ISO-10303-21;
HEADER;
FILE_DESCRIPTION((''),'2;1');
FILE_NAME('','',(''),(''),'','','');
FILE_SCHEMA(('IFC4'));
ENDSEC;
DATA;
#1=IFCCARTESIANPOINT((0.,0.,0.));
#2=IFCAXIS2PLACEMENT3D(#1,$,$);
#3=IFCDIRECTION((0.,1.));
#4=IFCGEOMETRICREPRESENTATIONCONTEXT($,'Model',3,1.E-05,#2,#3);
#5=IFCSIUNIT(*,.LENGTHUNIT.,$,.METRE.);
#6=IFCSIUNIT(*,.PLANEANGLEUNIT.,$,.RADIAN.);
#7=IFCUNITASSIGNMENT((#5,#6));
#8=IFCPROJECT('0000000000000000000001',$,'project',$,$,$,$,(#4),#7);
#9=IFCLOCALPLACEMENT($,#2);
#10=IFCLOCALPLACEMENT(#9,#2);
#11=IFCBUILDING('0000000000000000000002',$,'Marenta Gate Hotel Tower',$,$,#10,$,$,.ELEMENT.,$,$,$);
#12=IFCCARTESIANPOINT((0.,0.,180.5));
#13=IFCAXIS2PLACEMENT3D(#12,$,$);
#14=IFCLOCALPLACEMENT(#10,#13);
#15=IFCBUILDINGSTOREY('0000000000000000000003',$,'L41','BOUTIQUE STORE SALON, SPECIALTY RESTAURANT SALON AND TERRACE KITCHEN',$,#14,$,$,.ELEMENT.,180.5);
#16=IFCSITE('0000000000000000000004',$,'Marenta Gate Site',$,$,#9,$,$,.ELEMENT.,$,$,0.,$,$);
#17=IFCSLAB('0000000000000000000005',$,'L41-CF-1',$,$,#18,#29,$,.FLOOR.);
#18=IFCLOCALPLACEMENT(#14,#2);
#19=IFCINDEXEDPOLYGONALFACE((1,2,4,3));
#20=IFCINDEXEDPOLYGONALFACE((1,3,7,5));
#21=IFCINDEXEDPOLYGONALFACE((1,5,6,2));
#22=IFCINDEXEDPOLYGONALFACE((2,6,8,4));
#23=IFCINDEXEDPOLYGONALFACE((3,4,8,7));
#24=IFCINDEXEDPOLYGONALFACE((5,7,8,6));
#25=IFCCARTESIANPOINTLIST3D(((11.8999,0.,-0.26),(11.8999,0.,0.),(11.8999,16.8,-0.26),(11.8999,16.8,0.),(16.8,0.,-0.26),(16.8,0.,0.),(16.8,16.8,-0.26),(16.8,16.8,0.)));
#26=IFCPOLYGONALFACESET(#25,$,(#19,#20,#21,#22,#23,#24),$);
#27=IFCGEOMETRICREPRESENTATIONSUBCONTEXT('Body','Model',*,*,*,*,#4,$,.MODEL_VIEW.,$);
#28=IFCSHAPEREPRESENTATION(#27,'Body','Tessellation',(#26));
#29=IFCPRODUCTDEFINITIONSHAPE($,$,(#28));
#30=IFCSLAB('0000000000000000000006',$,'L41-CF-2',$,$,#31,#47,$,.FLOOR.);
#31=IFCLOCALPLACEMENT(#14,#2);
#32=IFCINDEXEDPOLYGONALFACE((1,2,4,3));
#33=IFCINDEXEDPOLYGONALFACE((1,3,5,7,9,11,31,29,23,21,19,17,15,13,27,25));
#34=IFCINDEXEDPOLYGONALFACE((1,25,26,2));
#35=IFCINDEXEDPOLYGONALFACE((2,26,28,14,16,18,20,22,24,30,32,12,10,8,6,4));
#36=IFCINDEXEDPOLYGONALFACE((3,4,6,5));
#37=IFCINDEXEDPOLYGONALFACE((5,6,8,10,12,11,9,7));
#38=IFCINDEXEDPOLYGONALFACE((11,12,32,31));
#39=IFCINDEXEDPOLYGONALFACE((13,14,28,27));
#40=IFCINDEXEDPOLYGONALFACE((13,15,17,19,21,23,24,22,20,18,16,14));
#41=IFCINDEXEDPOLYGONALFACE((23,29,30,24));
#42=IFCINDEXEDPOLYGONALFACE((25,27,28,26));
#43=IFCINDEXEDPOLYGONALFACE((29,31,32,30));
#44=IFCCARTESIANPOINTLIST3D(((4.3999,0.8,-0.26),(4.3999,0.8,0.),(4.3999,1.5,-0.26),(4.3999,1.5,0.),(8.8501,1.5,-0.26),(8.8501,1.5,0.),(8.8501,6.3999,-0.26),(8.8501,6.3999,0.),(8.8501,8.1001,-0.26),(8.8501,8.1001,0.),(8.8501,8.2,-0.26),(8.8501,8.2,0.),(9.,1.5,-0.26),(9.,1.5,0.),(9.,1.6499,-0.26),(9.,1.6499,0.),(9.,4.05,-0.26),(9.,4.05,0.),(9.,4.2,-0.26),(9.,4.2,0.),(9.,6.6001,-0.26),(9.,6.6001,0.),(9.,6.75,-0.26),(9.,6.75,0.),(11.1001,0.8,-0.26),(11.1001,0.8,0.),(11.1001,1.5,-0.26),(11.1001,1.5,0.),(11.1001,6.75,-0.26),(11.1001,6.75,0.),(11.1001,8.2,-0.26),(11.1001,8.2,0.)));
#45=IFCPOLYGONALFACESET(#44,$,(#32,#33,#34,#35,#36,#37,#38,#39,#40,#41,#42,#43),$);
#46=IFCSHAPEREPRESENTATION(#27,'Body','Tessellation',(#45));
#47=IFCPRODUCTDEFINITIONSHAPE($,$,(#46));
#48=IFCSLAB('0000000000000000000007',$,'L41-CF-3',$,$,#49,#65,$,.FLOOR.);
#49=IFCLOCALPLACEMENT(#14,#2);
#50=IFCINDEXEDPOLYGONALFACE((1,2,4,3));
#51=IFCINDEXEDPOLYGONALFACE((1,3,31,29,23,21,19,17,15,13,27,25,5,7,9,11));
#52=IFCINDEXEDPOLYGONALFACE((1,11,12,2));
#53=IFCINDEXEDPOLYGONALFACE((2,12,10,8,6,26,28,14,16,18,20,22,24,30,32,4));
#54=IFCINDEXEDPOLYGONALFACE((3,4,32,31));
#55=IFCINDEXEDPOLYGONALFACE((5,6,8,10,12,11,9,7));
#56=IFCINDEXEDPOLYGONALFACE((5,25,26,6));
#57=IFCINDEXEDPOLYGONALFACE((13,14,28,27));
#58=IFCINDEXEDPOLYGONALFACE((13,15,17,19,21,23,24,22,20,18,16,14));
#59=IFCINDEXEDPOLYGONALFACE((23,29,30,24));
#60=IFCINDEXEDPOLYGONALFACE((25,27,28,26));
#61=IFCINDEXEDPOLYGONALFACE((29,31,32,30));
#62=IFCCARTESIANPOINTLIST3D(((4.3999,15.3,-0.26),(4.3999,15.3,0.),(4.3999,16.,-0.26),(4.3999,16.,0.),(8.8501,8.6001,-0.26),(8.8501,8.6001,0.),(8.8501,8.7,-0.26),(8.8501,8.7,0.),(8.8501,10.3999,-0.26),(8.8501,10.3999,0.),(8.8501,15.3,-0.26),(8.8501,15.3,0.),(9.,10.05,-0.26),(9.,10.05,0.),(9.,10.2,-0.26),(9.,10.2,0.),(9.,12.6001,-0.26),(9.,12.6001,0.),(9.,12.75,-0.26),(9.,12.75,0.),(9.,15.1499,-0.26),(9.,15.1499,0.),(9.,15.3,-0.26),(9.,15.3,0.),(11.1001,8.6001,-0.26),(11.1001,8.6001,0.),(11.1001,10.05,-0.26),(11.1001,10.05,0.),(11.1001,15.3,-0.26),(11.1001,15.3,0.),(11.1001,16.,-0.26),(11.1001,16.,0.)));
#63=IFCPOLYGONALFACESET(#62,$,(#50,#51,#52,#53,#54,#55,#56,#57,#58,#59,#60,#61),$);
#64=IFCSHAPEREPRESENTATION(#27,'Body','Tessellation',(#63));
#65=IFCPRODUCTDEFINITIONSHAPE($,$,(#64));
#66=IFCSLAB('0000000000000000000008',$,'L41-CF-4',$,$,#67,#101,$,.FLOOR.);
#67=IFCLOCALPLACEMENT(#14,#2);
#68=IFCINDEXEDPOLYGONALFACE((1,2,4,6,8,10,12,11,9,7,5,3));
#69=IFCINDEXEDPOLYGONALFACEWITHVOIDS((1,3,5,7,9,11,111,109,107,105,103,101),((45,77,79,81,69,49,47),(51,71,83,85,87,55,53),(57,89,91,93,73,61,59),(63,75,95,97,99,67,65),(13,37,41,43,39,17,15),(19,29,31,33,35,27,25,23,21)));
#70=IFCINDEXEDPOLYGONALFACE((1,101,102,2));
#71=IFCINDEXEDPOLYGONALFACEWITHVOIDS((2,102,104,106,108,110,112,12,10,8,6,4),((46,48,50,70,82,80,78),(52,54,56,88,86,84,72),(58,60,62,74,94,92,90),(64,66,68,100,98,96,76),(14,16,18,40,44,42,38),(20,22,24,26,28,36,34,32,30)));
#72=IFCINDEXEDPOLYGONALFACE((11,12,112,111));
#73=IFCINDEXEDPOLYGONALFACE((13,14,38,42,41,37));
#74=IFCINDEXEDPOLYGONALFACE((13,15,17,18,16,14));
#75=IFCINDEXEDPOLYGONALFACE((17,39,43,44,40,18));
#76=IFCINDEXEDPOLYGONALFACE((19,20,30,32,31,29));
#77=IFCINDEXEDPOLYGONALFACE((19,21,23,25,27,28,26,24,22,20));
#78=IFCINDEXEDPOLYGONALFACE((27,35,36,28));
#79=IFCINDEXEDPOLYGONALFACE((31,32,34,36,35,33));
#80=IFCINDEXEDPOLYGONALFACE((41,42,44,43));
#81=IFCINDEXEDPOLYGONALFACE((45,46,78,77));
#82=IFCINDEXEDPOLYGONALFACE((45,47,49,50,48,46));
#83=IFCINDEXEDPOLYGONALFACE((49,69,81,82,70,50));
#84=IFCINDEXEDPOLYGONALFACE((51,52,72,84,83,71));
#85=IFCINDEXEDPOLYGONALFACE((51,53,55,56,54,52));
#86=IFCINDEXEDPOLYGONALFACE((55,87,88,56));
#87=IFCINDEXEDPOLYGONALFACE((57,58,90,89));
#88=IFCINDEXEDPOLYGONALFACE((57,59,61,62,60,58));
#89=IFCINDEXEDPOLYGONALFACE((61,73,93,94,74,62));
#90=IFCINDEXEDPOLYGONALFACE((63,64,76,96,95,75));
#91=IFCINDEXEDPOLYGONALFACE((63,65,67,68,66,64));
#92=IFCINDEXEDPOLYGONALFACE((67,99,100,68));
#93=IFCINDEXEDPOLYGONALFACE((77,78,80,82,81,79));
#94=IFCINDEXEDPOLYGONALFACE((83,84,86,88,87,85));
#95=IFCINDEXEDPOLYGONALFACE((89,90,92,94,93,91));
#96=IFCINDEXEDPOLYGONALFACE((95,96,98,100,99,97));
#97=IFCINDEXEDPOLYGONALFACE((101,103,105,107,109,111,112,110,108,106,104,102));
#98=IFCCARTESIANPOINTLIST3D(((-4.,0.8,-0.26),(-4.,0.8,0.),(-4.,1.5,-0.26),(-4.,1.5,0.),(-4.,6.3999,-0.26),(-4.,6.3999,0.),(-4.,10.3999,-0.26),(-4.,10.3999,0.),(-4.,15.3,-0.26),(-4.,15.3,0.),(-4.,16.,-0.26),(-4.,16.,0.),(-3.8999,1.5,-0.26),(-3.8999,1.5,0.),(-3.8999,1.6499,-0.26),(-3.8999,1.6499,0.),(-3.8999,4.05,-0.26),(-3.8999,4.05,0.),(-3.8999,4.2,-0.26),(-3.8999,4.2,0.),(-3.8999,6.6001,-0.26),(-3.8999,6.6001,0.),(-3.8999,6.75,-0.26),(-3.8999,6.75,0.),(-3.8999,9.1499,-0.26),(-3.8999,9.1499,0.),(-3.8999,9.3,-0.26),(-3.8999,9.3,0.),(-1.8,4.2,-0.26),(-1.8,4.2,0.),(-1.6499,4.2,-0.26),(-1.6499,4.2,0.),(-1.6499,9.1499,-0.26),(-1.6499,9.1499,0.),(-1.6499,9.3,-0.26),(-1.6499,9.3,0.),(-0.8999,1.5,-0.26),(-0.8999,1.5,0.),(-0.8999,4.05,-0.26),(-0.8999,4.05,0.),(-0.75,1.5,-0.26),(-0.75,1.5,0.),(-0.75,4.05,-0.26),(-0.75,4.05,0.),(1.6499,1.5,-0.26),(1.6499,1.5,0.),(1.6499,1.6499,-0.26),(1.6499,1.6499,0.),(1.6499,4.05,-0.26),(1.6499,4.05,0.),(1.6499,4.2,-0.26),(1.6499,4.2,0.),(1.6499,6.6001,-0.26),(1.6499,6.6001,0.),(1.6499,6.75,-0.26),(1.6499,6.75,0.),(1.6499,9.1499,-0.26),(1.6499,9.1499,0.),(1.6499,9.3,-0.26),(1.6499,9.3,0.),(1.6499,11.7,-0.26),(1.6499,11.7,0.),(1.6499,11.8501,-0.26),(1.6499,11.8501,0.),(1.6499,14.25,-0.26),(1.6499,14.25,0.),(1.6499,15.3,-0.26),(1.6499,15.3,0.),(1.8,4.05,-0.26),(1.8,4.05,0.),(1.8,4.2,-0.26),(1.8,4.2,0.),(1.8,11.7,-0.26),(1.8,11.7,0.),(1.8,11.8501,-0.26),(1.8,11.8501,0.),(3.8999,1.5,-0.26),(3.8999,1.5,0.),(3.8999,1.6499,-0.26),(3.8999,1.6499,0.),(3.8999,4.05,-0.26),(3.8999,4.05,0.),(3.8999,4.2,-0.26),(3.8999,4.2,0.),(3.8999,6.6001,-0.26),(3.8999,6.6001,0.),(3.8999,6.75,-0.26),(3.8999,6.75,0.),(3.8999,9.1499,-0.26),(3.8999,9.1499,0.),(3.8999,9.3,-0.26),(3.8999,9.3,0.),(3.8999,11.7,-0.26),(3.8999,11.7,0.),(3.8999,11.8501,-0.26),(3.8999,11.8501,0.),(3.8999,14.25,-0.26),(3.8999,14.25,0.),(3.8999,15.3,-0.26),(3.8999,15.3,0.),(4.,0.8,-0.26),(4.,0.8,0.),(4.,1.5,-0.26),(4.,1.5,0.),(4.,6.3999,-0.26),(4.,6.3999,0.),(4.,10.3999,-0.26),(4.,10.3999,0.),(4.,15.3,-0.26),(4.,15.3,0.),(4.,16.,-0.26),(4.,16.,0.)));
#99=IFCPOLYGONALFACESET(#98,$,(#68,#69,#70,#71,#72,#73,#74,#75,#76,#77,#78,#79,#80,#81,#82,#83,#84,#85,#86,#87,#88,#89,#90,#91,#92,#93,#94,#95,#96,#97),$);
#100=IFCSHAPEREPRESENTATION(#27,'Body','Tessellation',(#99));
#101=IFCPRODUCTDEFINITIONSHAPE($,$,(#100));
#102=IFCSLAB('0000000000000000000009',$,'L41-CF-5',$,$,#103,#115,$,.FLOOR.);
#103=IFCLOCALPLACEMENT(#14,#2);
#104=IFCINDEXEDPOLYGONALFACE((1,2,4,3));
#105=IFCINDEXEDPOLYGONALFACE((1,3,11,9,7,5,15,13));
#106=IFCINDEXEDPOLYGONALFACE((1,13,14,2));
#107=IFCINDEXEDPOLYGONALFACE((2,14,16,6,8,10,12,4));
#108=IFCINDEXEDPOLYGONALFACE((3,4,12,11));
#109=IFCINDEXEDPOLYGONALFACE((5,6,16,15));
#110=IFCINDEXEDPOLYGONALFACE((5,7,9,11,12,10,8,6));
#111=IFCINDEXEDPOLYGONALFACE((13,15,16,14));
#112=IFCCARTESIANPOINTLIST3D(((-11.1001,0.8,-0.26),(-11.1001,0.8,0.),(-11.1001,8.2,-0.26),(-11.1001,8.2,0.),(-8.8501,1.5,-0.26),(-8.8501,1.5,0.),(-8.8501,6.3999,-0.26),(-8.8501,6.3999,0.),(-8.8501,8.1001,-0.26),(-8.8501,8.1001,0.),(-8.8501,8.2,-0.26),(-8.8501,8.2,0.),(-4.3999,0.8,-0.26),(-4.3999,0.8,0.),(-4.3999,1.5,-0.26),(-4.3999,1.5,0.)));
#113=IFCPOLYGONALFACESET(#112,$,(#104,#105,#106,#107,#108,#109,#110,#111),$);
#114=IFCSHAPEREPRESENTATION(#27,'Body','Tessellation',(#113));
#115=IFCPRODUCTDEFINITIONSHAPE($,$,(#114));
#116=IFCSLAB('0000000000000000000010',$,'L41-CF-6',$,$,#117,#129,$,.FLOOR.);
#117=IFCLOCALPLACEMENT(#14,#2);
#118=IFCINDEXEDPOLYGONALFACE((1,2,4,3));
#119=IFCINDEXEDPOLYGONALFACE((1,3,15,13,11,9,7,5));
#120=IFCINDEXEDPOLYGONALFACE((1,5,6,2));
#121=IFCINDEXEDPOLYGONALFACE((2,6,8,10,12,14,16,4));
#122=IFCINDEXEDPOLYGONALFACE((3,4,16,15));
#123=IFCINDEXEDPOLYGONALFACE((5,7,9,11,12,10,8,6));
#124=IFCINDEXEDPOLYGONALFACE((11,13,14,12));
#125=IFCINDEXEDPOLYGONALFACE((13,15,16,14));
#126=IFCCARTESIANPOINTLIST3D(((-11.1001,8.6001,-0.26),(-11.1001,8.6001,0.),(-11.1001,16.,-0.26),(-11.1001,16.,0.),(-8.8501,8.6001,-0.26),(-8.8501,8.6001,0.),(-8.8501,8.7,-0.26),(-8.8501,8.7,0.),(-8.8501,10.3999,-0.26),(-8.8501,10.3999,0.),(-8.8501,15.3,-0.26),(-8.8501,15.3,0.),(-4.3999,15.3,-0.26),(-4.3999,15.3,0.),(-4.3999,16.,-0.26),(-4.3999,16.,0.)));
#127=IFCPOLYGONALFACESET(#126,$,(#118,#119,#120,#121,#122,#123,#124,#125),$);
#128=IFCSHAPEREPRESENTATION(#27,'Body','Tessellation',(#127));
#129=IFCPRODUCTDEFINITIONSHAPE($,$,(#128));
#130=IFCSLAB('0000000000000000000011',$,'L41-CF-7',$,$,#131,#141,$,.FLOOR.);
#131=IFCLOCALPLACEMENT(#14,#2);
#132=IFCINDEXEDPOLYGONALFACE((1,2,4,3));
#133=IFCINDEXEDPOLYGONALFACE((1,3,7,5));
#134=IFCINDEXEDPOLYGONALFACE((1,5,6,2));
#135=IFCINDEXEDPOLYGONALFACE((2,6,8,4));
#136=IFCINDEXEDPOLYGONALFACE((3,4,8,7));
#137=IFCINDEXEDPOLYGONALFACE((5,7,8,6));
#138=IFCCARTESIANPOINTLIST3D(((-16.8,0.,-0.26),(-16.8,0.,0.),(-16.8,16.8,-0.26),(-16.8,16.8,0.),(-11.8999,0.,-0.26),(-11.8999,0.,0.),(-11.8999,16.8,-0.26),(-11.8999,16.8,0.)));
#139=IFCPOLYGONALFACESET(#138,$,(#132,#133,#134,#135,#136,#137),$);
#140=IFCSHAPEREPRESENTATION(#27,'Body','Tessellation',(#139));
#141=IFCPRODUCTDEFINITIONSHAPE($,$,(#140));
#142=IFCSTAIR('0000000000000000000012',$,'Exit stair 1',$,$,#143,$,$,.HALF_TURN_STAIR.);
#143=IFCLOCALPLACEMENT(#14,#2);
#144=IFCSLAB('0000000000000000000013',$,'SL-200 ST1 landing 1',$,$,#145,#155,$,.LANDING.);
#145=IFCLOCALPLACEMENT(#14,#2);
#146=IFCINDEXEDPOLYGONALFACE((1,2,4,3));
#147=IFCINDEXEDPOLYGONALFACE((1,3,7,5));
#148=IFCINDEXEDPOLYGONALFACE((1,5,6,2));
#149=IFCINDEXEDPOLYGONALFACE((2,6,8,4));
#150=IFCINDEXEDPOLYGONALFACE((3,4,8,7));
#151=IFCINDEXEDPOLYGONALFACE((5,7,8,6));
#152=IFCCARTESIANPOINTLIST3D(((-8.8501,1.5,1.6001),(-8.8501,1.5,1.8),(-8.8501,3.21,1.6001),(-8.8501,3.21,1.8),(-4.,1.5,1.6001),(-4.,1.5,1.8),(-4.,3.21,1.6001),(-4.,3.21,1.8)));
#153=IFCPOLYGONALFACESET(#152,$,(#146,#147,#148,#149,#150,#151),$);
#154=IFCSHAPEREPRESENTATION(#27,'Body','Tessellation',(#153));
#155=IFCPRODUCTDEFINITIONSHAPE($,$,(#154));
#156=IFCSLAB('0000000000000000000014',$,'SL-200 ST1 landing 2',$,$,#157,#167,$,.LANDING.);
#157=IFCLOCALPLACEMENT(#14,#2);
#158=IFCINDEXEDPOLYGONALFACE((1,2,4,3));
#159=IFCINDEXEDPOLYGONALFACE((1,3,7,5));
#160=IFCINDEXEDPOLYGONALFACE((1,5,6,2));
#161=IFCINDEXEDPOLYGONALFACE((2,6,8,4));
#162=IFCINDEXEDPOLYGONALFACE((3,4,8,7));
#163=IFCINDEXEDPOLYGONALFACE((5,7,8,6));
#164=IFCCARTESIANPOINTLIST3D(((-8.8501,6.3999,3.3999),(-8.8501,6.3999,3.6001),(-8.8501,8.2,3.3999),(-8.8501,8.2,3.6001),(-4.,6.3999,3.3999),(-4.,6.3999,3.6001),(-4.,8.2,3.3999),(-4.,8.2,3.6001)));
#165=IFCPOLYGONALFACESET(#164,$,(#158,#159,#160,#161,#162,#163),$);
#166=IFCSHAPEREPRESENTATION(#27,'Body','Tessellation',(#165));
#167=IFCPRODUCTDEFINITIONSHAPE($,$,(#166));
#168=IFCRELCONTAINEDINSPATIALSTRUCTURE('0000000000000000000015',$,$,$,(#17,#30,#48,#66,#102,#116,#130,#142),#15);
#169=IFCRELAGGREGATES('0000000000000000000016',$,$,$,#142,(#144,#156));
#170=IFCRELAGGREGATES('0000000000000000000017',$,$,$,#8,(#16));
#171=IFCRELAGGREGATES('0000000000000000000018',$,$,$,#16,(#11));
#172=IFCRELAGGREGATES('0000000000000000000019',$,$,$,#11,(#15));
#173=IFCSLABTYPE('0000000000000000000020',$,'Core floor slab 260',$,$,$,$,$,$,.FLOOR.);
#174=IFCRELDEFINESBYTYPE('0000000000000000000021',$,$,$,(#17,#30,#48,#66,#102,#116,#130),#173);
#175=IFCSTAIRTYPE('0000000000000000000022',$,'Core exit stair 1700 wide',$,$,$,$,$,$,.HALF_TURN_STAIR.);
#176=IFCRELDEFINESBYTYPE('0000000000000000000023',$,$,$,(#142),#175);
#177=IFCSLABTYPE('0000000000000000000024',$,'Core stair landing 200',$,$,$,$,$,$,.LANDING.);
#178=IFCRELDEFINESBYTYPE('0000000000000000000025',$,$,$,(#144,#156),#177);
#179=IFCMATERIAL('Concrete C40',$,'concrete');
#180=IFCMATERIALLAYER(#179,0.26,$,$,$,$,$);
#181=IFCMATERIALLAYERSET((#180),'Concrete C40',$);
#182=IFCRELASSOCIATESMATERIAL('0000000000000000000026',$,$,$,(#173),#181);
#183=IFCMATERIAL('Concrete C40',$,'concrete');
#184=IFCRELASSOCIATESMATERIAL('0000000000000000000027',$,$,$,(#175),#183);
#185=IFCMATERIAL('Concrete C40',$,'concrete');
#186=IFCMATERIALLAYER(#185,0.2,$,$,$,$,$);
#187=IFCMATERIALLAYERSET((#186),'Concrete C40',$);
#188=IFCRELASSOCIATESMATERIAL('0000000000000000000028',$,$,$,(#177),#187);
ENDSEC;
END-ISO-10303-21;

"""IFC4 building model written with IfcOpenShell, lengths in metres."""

from ifc_helpers import new_model, si_unit, direction, frame, origin, place, context, subcontext, project, spatial, polyline, outline, extrude, material, layer, layer_set, type_object, element, aggregate, save


model = new_model("IFC4")

# Units and contexts
model_context = context("Model", 3, precision=1e-05, world=origin(), true_north=direction((0.0, 1.0)))
body_context = subcontext(model_context, "Body", "Model", "MODEL_VIEW")
ifc_project = project(units=[si_unit("LENGTHUNIT", "METRE"), si_unit("PLANEANGLEUNIT", "RADIAN")], contexts=[model_context])

# Site, building, storey
site_placement = place(None, origin())
site = spatial("IfcSite", under=ifc_project, at=site_placement, Name="Marenta Gate Site", CompositionType="ELEMENT", RefElevation=0.0)
building_placement = place(site_placement, origin())
building = spatial("IfcBuilding", under=site, at=building_placement, Name="Marenta Gate Hotel Tower", CompositionType="ELEMENT")
storey_placement = place(building_placement, frame((0.0, 0.0, 180.5)))
storey = spatial("IfcBuildingStorey", under=building, at=storey_placement, Name="L41", Description="BOUTIQUE STORE SALON, SPECIALTY RESTAURANT SALON AND TERRACE KITCHEN", CompositionType="ELEMENT", Elevation=180.5)

# Slabs
ifc_material_1 = material(Name="Concrete C40", Category="concrete")
ifc_layer_1 = layer(ifc_material_1, 0.26)
ifc_layer_set_1 = layer_set([ifc_layer_1], Name="Concrete C40")
slab_type_1 = type_object("IfcSlabType", Name="Core floor slab 260", PredefinedType="FLOOR", material=ifc_layer_set_1)
slab_1_placement = place(storey_placement, frame((0.0, 0.0, -0.26)))
element("IfcSlab", 1, at=slab_1_placement, inside=storey, type_object=slab_type_1, Name="L41-CF-1", PredefinedType="FLOOR", context=body_context, shape_type="SweptSolid", body=[
    extrude(outline(polyline([(11.8999, 0.0), (11.8999, 16.8), (16.8, 16.8), (16.8, 0.0), (11.8999, 0.0)])), origin(), (0.0, 0.0, 1.0), 0.26),
])
slab_2_placement = place(storey_placement, frame((0.0, 0.0, -0.26)))
element("IfcSlab", 2, at=slab_2_placement, inside=storey, type_object=slab_type_1, Name="L41-CF-2", PredefinedType="FLOOR", context=body_context, shape_type="SweptSolid", body=[
    extrude(outline(polyline([(8.8501, 1.5), (8.8501, 6.3999), (8.8501, 8.1001), (8.8501, 8.2), (11.1001, 8.2), (11.1001, 6.75), (9.0, 6.75), (9.0, 6.6001), (9.0, 4.2), (9.0, 4.05), (9.0, 1.6499), (9.0, 1.5), (11.1001, 1.5), (11.1001, 0.8), (4.3999, 0.8), (4.3999, 1.5), (8.8501, 1.5)])), origin(), (0.0, 0.0, 1.0), 0.26),
])
slab_3_placement = place(storey_placement, frame((0.0, 0.0, -0.26)))
element("IfcSlab", 3, at=slab_3_placement, inside=storey, type_object=slab_type_1, Name="L41-CF-3", PredefinedType="FLOOR", context=body_context, shape_type="SweptSolid", body=[
    extrude(outline(polyline([(8.8501, 15.3), (4.3999, 15.3), (4.3999, 16.0), (11.1001, 16.0), (11.1001, 15.3), (9.0, 15.3), (9.0, 15.1499), (9.0, 12.75), (9.0, 12.6001), (9.0, 10.2), (9.0, 10.05), (11.1001, 10.05), (11.1001, 8.6001), (8.8501, 8.6001), (8.8501, 8.7), (8.8501, 10.3999), (8.8501, 15.3)])), origin(), (0.0, 0.0, 1.0), 0.26),
])
slab_4_placement = place(storey_placement, frame((0.0, 0.0, -0.26)))
element("IfcSlab", 4, at=slab_4_placement, inside=storey, type_object=slab_type_1, Name="L41-CF-4", PredefinedType="FLOOR", context=body_context, shape_type="SweptSolid", body=[
    extrude(outline(polyline([(4.0, 15.3), (4.0, 10.3999), (4.0, 6.3999), (4.0, 1.5), (4.0, 0.8), (-4.0, 0.8), (-4.0, 1.5), (-4.0, 6.3999), (-4.0, 10.3999), (-4.0, 15.3), (-4.0, 16.0), (4.0, 16.0), (4.0, 15.3)]), holes=[polyline([(1.6499, 1.5), (3.8999, 1.5), (3.8999, 1.6499), (3.8999, 4.05), (1.8, 4.05), (1.6499, 4.05), (1.6499, 1.6499), (1.6499, 1.5)]), polyline([(1.6499, 6.6001), (1.6499, 4.2), (1.8, 4.2), (3.8999, 4.2), (3.8999, 6.6001), (3.8999, 6.75), (1.6499, 6.75), (1.6499, 6.6001)]), polyline([(1.6499, 9.1499), (3.8999, 9.1499), (3.8999, 9.3), (3.8999, 11.7), (1.8, 11.7), (1.6499, 11.7), (1.6499, 9.3), (1.6499, 9.1499)]), polyline([(1.6499, 15.3), (1.6499, 14.25), (1.6499, 11.8501), (1.8, 11.8501), (3.8999, 11.8501), (3.8999, 14.25), (3.8999, 15.3), (1.6499, 15.3)]), polyline([(-3.8999, 4.05), (-3.8999, 1.6499), (-3.8999, 1.5), (-0.8999, 1.5), (-0.75, 1.5), (-0.75, 4.05), (-0.8999, 4.05), (-3.8999, 4.05)]), polyline([(-1.8, 4.2), (-1.6499, 4.2), (-1.6499, 9.1499), (-1.6499, 9.3), (-3.8999, 9.3), (-3.8999, 9.1499), (-3.8999, 6.75), (-3.8999, 6.6001), (-3.8999, 4.2), (-1.8, 4.2)])]), origin(), (0.0, 0.0, 1.0), 0.26),
])
slab_5_placement = place(storey_placement, frame((0.0, 0.0, -0.26)))
element("IfcSlab", 5, at=slab_5_placement, inside=storey, type_object=slab_type_1, Name="L41-CF-5", PredefinedType="FLOOR", context=body_context, shape_type="SweptSolid", body=[
    extrude(outline(polyline([(-8.8501, 8.2), (-8.8501, 8.1001), (-8.8501, 6.3999), (-8.8501, 1.5), (-4.3999, 1.5), (-4.3999, 0.8), (-11.1001, 0.8), (-11.1001, 8.2), (-8.8501, 8.2)])), origin(), (0.0, 0.0, 1.0), 0.26),
])
slab_6_placement = place(storey_placement, frame((0.0, 0.0, -0.26)))
element("IfcSlab", 6, at=slab_6_placement, inside=storey, type_object=slab_type_1, Name="L41-CF-6", PredefinedType="FLOOR", context=body_context, shape_type="SweptSolid", body=[
    extrude(outline(polyline([(-4.3999, 15.3), (-8.8501, 15.3), (-8.8501, 10.3999), (-8.8501, 8.7), (-8.8501, 8.6001), (-11.1001, 8.6001), (-11.1001, 16.0), (-4.3999, 16.0), (-4.3999, 15.3)])), origin(), (0.0, 0.0, 1.0), 0.26),
])
slab_7_placement = place(storey_placement, frame((0.0, 0.0, -0.26)))
element("IfcSlab", 7, at=slab_7_placement, inside=storey, type_object=slab_type_1, Name="L41-CF-7", PredefinedType="FLOOR", context=body_context, shape_type="SweptSolid", body=[
    extrude(outline(polyline([(-11.8999, 16.8), (-11.8999, 0.0), (-16.8, 0.0), (-16.8, 16.8), (-11.8999, 16.8)])), origin(), (0.0, 0.0, 1.0), 0.26),
])

# Stair, slabs
ifc_material_2 = material(Name="Concrete C40", Category="concrete")
stair_type = type_object("IfcStairType", Name="Core exit stair 1700 wide", PredefinedType="HALF_TURN_STAIR", material=ifc_material_2)
stair_1_placement = place(storey_placement, origin())
stair_1 = element("IfcStair", 8, at=stair_1_placement, inside=storey, type_object=stair_type, Name="Exit stair 1", PredefinedType="HALF_TURN_STAIR")
ifc_material_3 = material(Name="Concrete C40", Category="concrete")
ifc_layer_2 = layer(ifc_material_3, 0.2)
ifc_layer_set_2 = layer_set([ifc_layer_2], Name="Concrete C40")
slab_type_2 = type_object("IfcSlabType", Name="Core stair landing 200", PredefinedType="LANDING", material=ifc_layer_set_2)
slab_8_placement = place(storey_placement, frame((0.0, 0.0, 1.6001)))
slab_8 = element("IfcSlab", 9, at=slab_8_placement, type_object=slab_type_2, Name="SL-200 ST1 landing 1", PredefinedType="LANDING", context=body_context, shape_type="SweptSolid", body=[
    extrude(outline(polyline([(-8.8501, 1.5), (-4.0, 1.5), (-4.0, 3.21), (-8.8501, 3.21), (-8.8501, 1.5)])), origin(), (0.0, 0.0, 1.0), 0.2),
])
slab_9_placement = place(storey_placement, frame((0.0, 0.0, 3.3999)))
slab_9 = element("IfcSlab", 10, at=slab_9_placement, type_object=slab_type_2, Name="SL-200 ST1 landing 2", PredefinedType="LANDING", context=body_context, shape_type="SweptSolid", body=[
    extrude(outline(polyline([(-8.8501, 6.3999), (-4.0, 6.3999), (-4.0, 8.2), (-8.8501, 8.2), (-8.8501, 6.3999)])), origin(), (0.0, 0.0, 1.0), 0.2002),
])
aggregate(stair_1, [slab_8, slab_9])

save(model, "model.ifc")
